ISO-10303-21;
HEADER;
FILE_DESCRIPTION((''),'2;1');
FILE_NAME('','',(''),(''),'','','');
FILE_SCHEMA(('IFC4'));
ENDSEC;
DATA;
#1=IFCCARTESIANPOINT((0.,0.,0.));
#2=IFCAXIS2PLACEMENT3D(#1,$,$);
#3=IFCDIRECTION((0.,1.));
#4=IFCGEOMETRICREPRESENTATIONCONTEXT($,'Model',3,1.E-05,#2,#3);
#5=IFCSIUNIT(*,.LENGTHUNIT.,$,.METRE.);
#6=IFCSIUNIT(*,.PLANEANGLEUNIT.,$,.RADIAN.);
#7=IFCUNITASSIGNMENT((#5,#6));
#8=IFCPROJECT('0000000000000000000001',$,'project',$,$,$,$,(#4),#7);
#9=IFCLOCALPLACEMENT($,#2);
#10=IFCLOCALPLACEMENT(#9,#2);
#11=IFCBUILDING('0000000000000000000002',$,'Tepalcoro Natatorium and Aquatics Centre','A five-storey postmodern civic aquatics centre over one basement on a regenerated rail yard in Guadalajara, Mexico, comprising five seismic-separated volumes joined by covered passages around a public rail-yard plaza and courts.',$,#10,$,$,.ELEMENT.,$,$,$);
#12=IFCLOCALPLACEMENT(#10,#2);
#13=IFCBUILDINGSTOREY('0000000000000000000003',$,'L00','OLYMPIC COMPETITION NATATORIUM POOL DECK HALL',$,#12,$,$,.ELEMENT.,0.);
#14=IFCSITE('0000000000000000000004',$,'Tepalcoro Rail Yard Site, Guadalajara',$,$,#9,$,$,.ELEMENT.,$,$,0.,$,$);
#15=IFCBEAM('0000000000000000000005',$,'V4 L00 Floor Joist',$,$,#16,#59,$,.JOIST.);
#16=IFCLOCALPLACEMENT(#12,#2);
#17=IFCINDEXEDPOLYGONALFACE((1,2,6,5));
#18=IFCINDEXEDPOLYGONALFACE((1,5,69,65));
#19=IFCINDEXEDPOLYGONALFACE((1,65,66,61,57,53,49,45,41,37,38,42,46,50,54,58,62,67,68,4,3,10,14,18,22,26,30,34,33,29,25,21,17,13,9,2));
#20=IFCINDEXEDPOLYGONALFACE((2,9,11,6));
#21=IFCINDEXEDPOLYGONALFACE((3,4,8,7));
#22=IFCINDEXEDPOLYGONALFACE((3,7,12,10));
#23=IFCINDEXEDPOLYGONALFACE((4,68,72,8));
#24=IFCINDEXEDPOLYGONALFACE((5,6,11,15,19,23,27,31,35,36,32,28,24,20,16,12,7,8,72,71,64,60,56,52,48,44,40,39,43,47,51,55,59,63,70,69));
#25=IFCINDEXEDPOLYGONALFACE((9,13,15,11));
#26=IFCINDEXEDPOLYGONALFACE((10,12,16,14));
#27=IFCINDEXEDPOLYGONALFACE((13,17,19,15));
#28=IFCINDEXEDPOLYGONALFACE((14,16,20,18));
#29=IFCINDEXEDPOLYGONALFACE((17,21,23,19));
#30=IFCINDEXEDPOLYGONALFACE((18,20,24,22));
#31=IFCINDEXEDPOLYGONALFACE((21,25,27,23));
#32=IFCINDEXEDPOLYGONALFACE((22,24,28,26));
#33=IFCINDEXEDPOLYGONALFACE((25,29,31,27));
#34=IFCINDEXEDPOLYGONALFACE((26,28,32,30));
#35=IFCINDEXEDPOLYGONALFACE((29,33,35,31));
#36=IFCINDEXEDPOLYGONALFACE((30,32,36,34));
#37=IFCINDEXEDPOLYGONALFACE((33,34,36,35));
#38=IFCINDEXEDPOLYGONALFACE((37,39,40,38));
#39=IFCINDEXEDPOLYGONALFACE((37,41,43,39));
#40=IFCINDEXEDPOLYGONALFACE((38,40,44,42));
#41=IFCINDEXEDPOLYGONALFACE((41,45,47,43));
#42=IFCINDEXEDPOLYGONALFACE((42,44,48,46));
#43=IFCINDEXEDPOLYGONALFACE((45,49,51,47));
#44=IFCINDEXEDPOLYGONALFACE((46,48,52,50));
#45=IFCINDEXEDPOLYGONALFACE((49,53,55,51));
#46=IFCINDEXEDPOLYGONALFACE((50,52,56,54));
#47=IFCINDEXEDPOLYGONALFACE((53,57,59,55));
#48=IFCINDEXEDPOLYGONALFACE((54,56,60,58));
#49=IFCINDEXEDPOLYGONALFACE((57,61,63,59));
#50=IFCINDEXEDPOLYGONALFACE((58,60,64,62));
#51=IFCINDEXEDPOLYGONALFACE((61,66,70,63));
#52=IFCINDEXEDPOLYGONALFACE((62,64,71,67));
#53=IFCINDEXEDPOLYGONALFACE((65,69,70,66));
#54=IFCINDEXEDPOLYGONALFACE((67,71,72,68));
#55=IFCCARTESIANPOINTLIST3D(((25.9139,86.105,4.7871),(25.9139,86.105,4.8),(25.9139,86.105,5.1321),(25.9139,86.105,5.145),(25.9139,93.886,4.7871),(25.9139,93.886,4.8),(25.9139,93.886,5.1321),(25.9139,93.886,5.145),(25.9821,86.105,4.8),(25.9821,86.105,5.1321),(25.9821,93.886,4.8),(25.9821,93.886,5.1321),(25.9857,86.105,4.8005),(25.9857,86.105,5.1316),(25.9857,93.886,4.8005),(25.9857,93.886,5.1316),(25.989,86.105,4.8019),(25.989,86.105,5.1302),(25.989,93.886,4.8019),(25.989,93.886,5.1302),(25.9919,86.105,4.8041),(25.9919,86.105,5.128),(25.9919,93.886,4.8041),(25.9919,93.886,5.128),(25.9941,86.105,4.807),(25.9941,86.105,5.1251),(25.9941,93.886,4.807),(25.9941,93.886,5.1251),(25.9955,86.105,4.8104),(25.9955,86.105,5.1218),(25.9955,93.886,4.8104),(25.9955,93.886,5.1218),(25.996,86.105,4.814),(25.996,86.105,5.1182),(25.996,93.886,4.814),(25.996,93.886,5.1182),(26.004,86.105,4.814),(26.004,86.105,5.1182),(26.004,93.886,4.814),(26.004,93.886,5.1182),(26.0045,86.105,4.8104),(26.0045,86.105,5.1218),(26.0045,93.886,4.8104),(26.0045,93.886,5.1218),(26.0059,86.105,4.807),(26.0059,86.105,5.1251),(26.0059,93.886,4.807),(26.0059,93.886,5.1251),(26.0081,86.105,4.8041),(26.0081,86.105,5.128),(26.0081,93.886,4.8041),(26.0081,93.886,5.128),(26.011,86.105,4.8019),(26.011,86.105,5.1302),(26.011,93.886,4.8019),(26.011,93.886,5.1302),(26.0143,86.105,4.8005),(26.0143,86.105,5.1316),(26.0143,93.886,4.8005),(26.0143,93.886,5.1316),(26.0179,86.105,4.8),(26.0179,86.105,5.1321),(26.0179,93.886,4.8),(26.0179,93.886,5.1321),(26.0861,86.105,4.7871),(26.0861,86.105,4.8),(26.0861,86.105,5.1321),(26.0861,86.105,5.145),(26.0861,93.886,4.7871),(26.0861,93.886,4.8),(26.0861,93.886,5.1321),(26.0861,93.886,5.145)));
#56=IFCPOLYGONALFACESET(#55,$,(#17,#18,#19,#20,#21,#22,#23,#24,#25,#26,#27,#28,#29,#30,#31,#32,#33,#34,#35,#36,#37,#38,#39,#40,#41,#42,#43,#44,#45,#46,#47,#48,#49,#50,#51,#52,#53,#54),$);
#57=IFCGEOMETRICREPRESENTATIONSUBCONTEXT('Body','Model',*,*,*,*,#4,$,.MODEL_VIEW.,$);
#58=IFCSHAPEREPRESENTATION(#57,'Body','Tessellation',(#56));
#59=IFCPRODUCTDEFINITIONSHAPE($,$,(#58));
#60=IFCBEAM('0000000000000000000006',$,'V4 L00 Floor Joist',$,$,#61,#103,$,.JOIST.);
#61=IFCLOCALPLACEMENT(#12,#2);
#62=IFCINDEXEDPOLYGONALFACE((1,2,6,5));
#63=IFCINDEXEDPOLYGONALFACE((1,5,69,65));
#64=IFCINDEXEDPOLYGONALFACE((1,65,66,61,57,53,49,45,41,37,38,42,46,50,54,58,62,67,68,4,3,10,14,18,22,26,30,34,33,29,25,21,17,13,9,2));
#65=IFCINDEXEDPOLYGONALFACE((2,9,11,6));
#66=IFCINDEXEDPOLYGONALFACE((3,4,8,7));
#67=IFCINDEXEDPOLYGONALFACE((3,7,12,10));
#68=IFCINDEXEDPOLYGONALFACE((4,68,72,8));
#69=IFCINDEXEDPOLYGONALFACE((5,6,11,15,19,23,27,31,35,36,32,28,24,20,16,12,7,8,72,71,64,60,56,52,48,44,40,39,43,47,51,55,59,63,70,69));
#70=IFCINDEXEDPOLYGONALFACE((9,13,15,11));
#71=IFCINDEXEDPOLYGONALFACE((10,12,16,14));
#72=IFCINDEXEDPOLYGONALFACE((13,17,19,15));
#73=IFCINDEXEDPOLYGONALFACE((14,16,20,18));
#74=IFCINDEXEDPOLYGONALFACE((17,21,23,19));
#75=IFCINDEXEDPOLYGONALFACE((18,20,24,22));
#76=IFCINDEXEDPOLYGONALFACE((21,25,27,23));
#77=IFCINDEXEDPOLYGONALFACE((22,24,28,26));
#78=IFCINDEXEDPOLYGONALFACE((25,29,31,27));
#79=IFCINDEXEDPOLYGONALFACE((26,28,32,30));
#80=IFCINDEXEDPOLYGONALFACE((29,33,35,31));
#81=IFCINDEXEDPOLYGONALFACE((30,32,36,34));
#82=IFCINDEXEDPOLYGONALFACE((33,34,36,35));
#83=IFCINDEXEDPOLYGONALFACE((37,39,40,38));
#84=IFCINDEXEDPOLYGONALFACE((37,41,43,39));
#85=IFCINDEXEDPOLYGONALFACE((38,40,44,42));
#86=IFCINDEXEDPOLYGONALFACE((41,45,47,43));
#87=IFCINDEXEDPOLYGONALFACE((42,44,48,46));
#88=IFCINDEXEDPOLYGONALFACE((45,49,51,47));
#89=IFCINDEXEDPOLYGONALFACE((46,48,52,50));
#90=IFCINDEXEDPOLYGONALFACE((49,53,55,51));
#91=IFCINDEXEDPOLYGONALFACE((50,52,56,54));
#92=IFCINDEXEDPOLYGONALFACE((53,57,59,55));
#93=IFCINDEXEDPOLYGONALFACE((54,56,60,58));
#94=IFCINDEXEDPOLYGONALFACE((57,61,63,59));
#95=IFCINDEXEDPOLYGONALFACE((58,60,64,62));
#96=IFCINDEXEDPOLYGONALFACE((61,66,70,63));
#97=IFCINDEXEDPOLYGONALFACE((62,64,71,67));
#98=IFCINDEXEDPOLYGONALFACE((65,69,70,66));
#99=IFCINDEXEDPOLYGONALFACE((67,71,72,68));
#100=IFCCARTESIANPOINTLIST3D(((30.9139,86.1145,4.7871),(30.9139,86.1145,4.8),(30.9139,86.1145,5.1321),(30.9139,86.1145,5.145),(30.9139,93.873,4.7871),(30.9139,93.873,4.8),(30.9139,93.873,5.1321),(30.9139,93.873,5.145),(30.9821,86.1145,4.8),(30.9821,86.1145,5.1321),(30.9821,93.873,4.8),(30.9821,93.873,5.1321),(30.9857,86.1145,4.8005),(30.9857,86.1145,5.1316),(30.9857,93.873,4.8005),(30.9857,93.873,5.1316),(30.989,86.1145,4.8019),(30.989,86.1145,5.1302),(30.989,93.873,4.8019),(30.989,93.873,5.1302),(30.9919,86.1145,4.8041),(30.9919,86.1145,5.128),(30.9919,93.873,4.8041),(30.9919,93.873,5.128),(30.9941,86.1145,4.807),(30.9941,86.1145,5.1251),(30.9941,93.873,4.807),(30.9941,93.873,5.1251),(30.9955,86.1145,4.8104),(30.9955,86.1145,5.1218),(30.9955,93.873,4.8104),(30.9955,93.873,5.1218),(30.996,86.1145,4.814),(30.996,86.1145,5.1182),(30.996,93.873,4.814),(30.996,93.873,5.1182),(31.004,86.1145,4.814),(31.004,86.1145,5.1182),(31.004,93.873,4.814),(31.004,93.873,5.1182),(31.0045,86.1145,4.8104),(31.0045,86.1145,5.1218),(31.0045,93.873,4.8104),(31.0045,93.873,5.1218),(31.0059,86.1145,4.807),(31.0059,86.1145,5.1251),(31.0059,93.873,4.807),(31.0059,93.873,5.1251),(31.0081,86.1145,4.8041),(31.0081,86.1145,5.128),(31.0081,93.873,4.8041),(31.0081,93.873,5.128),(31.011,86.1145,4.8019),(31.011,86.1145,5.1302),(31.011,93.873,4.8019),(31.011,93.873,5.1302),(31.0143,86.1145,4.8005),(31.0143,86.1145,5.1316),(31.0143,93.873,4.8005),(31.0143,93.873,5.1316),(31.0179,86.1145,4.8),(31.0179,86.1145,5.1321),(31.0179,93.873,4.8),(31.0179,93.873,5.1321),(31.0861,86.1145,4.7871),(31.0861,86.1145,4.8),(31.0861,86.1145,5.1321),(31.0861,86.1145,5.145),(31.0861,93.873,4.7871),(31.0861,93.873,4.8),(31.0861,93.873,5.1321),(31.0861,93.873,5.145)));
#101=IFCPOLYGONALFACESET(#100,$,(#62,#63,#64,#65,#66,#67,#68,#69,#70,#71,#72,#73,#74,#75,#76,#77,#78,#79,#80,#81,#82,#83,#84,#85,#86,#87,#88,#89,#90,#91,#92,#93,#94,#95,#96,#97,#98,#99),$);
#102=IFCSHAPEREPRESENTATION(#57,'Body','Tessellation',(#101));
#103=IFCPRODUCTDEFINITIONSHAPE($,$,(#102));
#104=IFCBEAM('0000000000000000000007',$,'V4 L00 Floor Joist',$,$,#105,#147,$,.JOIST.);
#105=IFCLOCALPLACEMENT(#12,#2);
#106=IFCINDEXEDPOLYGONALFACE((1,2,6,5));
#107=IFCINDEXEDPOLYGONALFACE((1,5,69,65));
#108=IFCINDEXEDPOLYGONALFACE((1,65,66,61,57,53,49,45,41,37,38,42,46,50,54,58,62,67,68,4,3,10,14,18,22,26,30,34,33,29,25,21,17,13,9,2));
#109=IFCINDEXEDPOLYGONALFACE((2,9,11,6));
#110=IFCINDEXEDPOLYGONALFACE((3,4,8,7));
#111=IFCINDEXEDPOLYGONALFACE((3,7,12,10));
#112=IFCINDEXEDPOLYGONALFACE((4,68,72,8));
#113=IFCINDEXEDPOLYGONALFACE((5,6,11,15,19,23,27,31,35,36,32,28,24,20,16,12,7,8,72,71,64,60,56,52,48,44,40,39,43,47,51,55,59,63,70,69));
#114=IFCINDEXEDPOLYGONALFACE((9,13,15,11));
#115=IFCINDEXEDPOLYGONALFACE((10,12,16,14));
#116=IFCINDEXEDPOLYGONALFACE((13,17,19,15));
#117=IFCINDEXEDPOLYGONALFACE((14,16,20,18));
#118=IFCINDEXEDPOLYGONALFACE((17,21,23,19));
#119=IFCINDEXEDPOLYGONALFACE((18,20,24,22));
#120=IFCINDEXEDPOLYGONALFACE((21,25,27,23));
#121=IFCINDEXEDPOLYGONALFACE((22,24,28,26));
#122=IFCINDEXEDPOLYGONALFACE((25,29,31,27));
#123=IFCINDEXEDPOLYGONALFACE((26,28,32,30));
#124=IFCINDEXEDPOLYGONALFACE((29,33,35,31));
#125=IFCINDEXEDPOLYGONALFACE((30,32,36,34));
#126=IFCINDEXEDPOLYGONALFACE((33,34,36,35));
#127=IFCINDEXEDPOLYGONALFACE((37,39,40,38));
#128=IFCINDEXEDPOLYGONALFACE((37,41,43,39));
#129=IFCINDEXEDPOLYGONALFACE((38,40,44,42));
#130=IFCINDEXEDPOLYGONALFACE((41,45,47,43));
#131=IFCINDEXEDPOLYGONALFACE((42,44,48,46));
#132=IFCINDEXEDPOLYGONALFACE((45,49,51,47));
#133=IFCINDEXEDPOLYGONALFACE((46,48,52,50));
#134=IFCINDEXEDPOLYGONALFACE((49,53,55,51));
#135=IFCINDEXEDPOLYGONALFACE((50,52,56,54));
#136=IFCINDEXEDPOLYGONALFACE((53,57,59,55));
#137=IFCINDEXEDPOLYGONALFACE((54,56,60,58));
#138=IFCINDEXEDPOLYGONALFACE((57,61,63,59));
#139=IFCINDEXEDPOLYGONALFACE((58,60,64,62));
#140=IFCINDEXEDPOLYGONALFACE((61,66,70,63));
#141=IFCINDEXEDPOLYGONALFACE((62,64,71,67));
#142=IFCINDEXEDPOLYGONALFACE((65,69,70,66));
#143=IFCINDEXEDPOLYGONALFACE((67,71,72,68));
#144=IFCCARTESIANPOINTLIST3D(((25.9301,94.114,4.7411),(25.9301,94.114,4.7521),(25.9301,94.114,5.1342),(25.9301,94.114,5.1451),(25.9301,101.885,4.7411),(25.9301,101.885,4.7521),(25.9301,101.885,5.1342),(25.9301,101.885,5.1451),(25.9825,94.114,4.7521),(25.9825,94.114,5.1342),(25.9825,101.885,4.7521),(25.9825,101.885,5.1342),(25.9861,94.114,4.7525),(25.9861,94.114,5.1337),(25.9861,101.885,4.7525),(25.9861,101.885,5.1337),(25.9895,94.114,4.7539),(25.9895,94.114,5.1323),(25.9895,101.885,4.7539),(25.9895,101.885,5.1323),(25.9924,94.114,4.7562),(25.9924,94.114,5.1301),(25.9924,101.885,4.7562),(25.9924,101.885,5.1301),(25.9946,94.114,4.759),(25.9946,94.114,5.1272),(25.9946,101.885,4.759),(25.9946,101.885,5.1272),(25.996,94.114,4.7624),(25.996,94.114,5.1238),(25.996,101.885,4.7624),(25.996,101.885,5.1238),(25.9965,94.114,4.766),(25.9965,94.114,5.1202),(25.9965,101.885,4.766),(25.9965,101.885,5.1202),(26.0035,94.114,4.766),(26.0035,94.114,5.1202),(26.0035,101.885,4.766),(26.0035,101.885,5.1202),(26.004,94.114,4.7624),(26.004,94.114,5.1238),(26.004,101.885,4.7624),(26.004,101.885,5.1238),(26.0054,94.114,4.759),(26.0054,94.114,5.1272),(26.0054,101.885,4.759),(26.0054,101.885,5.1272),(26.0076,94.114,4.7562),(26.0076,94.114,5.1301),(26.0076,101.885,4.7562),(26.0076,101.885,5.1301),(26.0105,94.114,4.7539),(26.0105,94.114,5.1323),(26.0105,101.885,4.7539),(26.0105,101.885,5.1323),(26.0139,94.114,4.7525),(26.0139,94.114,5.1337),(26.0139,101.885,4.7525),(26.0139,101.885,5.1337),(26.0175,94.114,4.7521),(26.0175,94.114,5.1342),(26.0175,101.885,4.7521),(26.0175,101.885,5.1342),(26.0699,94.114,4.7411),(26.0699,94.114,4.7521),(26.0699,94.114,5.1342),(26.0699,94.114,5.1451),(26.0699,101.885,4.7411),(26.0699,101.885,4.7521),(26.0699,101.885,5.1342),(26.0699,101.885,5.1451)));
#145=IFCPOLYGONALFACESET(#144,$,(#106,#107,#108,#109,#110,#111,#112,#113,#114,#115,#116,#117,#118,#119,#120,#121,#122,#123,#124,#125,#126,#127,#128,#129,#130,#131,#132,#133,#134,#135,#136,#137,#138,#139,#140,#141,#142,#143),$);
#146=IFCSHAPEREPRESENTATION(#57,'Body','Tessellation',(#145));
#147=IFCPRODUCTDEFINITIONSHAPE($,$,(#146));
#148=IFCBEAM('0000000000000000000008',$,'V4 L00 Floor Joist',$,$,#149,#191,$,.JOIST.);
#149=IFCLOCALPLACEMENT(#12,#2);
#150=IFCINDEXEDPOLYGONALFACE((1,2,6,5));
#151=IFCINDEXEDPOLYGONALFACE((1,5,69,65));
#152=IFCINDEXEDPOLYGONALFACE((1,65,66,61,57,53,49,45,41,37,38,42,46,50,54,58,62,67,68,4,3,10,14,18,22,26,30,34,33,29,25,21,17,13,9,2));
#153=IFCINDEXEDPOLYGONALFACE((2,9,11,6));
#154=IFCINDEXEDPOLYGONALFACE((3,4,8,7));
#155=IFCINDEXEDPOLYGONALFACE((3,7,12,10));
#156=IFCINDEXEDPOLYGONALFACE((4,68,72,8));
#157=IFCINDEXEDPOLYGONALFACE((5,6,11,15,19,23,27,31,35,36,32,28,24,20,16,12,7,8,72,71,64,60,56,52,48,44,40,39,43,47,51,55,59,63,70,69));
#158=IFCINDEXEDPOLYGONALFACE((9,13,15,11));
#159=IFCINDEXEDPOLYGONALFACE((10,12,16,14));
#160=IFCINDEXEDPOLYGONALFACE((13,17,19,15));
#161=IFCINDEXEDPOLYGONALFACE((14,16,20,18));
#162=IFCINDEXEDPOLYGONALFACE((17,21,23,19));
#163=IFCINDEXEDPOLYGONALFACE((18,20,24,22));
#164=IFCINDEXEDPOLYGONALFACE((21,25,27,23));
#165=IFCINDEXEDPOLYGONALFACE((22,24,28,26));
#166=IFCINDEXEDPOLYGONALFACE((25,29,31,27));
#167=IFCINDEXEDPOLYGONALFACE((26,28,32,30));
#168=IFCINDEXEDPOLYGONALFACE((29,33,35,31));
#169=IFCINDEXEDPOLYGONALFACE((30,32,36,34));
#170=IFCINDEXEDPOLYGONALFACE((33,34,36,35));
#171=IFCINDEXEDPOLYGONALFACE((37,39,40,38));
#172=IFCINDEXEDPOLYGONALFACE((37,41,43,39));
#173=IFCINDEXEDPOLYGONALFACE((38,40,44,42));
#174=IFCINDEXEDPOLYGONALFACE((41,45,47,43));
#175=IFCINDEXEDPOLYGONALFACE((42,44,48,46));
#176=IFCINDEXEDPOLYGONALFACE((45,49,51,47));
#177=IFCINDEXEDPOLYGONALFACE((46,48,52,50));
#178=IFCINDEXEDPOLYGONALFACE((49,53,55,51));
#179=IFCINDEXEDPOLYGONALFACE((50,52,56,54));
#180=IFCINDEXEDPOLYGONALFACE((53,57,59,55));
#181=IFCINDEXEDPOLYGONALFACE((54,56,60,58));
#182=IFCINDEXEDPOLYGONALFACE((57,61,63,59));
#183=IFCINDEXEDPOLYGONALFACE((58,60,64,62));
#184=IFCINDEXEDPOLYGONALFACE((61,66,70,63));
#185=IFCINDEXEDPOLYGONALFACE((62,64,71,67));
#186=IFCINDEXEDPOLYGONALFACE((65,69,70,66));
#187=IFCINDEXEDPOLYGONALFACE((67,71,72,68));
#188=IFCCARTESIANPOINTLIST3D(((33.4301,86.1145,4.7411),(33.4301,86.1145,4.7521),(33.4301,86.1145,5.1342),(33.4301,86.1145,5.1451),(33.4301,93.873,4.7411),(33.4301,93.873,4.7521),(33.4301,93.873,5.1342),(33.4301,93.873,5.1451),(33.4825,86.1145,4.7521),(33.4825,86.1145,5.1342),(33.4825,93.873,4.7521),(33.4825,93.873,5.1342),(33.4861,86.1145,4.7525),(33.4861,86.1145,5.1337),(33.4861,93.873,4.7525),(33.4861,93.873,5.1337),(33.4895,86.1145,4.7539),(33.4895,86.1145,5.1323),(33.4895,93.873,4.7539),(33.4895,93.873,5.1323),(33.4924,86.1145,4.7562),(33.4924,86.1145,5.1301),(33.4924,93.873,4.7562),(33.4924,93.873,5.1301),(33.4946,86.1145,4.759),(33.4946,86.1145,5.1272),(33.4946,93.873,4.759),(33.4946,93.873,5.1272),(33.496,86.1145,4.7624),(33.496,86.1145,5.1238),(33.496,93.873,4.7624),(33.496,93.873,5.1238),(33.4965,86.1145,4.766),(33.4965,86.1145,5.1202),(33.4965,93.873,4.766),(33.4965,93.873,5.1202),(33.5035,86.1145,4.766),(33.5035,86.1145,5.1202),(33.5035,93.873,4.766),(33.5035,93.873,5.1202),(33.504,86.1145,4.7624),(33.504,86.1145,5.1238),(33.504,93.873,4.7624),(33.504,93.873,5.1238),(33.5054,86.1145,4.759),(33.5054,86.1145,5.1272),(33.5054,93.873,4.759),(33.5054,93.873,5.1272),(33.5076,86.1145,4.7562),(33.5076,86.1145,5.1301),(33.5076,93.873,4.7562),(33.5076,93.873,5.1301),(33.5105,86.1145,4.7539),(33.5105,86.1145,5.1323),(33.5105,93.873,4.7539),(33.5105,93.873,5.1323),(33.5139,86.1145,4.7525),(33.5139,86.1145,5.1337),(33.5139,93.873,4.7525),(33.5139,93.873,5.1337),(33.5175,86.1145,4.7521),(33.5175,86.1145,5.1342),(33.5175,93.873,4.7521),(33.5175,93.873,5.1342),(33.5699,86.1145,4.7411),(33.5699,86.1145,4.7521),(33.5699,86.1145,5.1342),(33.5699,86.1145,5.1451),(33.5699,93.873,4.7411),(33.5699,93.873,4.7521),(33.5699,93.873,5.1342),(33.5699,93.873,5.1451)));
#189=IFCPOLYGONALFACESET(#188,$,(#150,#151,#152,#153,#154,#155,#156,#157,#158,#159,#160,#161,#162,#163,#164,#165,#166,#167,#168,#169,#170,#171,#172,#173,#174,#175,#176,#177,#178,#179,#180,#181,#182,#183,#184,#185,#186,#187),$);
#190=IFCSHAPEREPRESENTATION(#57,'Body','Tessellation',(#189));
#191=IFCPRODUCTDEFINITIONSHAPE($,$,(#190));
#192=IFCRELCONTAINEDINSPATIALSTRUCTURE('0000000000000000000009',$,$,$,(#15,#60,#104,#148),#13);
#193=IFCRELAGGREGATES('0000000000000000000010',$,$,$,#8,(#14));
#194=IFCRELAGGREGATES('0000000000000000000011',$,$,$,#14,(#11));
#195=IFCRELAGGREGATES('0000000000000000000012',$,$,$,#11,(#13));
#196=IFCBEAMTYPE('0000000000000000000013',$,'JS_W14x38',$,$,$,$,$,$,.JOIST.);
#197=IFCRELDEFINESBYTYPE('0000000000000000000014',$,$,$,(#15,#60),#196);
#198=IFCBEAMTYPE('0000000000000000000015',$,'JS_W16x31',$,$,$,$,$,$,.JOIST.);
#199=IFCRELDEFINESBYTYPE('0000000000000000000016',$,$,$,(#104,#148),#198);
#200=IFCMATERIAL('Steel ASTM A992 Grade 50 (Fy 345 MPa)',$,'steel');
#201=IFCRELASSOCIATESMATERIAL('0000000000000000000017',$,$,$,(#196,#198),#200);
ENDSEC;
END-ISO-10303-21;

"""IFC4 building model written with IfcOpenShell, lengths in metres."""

from ifc_helpers import new_model, si_unit, direction, frame, origin, origin_2d, place, context, subcontext, project, spatial, i_section, extrude, material, material_profile, profile_set, type_object, element, save


model = new_model("IFC4")

# Units and contexts
model_context = context("Model", 3, precision=1e-05, world=origin(), true_north=direction((0.0, 1.0)))
body_context = subcontext(model_context, "Body", "Model", "MODEL_VIEW")
ifc_project = project(units=[si_unit("LENGTHUNIT", "METRE"), si_unit("PLANEANGLEUNIT", "RADIAN")], contexts=[model_context])

# Site, building, storey
site_placement = place(None, origin())
site = spatial("IfcSite", under=ifc_project, at=site_placement, Name="Tepalcoro Rail Yard Site, Guadalajara", CompositionType="ELEMENT", RefElevation=0.0)
building_placement = place(site_placement, origin())
building = spatial("IfcBuilding", under=site, at=building_placement, Name="Tepalcoro Natatorium and Aquatics Centre", Description="A five-storey postmodern civic aquatics centre over one basement on a regenerated rail yard in Guadalajara, Mexico, comprising five seismic-separated volumes joined by covered passages around a public rail-yard plaza and courts.", CompositionType="ELEMENT")
storey_placement = place(building_placement, origin())
storey = spatial("IfcBuildingStorey", under=building, at=storey_placement, Name="L00", Description="OLYMPIC COMPETITION NATATORIUM POOL DECK HALL", CompositionType="ELEMENT", Elevation=0.0)

# Shared definitions
ifc_material_1 = material(Name="Steel ASTM A992 Grade 50 (Fy 345 MPa)", Category="steel")

# Beams
ifc_material_profile_1 = material_profile(ifc_material_1, i_section(OverallWidth=0.1721, OverallDepth=0.3579, WebThickness=0.0081, FlangeThickness=0.0129, FilletRadius=0.0139, at=origin_2d()), Name="W14X38")
ifc_profile_set_1 = profile_set([ifc_material_profile_1], Name="Steel ASTM A992 Grade 50 (Fy 345 MPa)")
beam_type_1 = type_object("IfcBeamType", Name="JS_W14x38", PredefinedType="JOIST", material=ifc_profile_set_1)
beam_1_placement = place(storey_placement, frame((26.0, 86.105, 4.9661), z_axis=(0.0, 1.0, 0.0), x_axis=(-1.0, 0.0, 0.0)))
element("IfcBeam", 1, at=beam_1_placement, inside=storey, type_object=beam_type_1, Name="V4 L00 Floor Joist", PredefinedType="JOIST", context=body_context, shape_type="SweptSolid", body=[
    extrude(i_section(OverallWidth=0.1721, OverallDepth=0.3579, WebThickness=0.0081, FlangeThickness=0.0129, FilletRadius=0.0139, at=origin_2d()), origin(), (0.0, 0.0, 1.0), 7.781),
])
beam_2_placement = place(storey_placement, frame((31.0, 86.1145, 4.9661), z_axis=(0.0, 1.0, 0.0), x_axis=(-1.0, 0.0, 0.0)))
element("IfcBeam", 2, at=beam_2_placement, inside=storey, type_object=beam_type_1, Name="V4 L00 Floor Joist", PredefinedType="JOIST", context=body_context, shape_type="SweptSolid", body=[
    extrude(i_section(OverallWidth=0.1721, OverallDepth=0.3579, WebThickness=0.0081, FlangeThickness=0.0129, FilletRadius=0.0139, at=origin_2d()), origin(), (0.0, 0.0, 1.0), 7.7585),
])
ifc_material_profile_2 = material_profile(ifc_material_1, i_section(OverallWidth=0.1399, OverallDepth=0.4041, WebThickness=0.0071, FlangeThickness=0.011, FilletRadius=0.0139, at=origin_2d()), Name="W16X31")
ifc_profile_set_2 = profile_set([ifc_material_profile_2], Name="Steel ASTM A992 Grade 50 (Fy 345 MPa)")
beam_type_2 = type_object("IfcBeamType", Name="JS_W16x31", PredefinedType="JOIST", material=ifc_profile_set_2)
beam_3_placement = place(storey_placement, frame((26.0, 94.114, 4.9431), z_axis=(0.0, 1.0, 0.0), x_axis=(-1.0, 0.0, 0.0)))
element("IfcBeam", 3, at=beam_3_placement, inside=storey, type_object=beam_type_2, Name="V4 L00 Floor Joist", PredefinedType="JOIST", context=body_context, shape_type="SweptSolid", body=[
    extrude(i_section(OverallWidth=0.1399, OverallDepth=0.4041, WebThickness=0.0071, FlangeThickness=0.011, FilletRadius=0.0139, at=origin_2d()), origin(), (0.0, 0.0, 1.0), 7.771),
])
beam_4_placement = place(storey_placement, frame((33.5, 86.1145, 4.9431), z_axis=(0.0, 1.0, 0.0), x_axis=(-1.0, 0.0, 0.0)))
element("IfcBeam", 4, at=beam_4_placement, inside=storey, type_object=beam_type_2, Name="V4 L00 Floor Joist", PredefinedType="JOIST", context=body_context, shape_type="SweptSolid", body=[
    extrude(i_section(OverallWidth=0.1399, OverallDepth=0.4041, WebThickness=0.0071, FlangeThickness=0.011, FilletRadius=0.0139, at=origin_2d()), origin(), (0.0, 0.0, 1.0), 7.7585),
])

save(model, "model.ifc")
